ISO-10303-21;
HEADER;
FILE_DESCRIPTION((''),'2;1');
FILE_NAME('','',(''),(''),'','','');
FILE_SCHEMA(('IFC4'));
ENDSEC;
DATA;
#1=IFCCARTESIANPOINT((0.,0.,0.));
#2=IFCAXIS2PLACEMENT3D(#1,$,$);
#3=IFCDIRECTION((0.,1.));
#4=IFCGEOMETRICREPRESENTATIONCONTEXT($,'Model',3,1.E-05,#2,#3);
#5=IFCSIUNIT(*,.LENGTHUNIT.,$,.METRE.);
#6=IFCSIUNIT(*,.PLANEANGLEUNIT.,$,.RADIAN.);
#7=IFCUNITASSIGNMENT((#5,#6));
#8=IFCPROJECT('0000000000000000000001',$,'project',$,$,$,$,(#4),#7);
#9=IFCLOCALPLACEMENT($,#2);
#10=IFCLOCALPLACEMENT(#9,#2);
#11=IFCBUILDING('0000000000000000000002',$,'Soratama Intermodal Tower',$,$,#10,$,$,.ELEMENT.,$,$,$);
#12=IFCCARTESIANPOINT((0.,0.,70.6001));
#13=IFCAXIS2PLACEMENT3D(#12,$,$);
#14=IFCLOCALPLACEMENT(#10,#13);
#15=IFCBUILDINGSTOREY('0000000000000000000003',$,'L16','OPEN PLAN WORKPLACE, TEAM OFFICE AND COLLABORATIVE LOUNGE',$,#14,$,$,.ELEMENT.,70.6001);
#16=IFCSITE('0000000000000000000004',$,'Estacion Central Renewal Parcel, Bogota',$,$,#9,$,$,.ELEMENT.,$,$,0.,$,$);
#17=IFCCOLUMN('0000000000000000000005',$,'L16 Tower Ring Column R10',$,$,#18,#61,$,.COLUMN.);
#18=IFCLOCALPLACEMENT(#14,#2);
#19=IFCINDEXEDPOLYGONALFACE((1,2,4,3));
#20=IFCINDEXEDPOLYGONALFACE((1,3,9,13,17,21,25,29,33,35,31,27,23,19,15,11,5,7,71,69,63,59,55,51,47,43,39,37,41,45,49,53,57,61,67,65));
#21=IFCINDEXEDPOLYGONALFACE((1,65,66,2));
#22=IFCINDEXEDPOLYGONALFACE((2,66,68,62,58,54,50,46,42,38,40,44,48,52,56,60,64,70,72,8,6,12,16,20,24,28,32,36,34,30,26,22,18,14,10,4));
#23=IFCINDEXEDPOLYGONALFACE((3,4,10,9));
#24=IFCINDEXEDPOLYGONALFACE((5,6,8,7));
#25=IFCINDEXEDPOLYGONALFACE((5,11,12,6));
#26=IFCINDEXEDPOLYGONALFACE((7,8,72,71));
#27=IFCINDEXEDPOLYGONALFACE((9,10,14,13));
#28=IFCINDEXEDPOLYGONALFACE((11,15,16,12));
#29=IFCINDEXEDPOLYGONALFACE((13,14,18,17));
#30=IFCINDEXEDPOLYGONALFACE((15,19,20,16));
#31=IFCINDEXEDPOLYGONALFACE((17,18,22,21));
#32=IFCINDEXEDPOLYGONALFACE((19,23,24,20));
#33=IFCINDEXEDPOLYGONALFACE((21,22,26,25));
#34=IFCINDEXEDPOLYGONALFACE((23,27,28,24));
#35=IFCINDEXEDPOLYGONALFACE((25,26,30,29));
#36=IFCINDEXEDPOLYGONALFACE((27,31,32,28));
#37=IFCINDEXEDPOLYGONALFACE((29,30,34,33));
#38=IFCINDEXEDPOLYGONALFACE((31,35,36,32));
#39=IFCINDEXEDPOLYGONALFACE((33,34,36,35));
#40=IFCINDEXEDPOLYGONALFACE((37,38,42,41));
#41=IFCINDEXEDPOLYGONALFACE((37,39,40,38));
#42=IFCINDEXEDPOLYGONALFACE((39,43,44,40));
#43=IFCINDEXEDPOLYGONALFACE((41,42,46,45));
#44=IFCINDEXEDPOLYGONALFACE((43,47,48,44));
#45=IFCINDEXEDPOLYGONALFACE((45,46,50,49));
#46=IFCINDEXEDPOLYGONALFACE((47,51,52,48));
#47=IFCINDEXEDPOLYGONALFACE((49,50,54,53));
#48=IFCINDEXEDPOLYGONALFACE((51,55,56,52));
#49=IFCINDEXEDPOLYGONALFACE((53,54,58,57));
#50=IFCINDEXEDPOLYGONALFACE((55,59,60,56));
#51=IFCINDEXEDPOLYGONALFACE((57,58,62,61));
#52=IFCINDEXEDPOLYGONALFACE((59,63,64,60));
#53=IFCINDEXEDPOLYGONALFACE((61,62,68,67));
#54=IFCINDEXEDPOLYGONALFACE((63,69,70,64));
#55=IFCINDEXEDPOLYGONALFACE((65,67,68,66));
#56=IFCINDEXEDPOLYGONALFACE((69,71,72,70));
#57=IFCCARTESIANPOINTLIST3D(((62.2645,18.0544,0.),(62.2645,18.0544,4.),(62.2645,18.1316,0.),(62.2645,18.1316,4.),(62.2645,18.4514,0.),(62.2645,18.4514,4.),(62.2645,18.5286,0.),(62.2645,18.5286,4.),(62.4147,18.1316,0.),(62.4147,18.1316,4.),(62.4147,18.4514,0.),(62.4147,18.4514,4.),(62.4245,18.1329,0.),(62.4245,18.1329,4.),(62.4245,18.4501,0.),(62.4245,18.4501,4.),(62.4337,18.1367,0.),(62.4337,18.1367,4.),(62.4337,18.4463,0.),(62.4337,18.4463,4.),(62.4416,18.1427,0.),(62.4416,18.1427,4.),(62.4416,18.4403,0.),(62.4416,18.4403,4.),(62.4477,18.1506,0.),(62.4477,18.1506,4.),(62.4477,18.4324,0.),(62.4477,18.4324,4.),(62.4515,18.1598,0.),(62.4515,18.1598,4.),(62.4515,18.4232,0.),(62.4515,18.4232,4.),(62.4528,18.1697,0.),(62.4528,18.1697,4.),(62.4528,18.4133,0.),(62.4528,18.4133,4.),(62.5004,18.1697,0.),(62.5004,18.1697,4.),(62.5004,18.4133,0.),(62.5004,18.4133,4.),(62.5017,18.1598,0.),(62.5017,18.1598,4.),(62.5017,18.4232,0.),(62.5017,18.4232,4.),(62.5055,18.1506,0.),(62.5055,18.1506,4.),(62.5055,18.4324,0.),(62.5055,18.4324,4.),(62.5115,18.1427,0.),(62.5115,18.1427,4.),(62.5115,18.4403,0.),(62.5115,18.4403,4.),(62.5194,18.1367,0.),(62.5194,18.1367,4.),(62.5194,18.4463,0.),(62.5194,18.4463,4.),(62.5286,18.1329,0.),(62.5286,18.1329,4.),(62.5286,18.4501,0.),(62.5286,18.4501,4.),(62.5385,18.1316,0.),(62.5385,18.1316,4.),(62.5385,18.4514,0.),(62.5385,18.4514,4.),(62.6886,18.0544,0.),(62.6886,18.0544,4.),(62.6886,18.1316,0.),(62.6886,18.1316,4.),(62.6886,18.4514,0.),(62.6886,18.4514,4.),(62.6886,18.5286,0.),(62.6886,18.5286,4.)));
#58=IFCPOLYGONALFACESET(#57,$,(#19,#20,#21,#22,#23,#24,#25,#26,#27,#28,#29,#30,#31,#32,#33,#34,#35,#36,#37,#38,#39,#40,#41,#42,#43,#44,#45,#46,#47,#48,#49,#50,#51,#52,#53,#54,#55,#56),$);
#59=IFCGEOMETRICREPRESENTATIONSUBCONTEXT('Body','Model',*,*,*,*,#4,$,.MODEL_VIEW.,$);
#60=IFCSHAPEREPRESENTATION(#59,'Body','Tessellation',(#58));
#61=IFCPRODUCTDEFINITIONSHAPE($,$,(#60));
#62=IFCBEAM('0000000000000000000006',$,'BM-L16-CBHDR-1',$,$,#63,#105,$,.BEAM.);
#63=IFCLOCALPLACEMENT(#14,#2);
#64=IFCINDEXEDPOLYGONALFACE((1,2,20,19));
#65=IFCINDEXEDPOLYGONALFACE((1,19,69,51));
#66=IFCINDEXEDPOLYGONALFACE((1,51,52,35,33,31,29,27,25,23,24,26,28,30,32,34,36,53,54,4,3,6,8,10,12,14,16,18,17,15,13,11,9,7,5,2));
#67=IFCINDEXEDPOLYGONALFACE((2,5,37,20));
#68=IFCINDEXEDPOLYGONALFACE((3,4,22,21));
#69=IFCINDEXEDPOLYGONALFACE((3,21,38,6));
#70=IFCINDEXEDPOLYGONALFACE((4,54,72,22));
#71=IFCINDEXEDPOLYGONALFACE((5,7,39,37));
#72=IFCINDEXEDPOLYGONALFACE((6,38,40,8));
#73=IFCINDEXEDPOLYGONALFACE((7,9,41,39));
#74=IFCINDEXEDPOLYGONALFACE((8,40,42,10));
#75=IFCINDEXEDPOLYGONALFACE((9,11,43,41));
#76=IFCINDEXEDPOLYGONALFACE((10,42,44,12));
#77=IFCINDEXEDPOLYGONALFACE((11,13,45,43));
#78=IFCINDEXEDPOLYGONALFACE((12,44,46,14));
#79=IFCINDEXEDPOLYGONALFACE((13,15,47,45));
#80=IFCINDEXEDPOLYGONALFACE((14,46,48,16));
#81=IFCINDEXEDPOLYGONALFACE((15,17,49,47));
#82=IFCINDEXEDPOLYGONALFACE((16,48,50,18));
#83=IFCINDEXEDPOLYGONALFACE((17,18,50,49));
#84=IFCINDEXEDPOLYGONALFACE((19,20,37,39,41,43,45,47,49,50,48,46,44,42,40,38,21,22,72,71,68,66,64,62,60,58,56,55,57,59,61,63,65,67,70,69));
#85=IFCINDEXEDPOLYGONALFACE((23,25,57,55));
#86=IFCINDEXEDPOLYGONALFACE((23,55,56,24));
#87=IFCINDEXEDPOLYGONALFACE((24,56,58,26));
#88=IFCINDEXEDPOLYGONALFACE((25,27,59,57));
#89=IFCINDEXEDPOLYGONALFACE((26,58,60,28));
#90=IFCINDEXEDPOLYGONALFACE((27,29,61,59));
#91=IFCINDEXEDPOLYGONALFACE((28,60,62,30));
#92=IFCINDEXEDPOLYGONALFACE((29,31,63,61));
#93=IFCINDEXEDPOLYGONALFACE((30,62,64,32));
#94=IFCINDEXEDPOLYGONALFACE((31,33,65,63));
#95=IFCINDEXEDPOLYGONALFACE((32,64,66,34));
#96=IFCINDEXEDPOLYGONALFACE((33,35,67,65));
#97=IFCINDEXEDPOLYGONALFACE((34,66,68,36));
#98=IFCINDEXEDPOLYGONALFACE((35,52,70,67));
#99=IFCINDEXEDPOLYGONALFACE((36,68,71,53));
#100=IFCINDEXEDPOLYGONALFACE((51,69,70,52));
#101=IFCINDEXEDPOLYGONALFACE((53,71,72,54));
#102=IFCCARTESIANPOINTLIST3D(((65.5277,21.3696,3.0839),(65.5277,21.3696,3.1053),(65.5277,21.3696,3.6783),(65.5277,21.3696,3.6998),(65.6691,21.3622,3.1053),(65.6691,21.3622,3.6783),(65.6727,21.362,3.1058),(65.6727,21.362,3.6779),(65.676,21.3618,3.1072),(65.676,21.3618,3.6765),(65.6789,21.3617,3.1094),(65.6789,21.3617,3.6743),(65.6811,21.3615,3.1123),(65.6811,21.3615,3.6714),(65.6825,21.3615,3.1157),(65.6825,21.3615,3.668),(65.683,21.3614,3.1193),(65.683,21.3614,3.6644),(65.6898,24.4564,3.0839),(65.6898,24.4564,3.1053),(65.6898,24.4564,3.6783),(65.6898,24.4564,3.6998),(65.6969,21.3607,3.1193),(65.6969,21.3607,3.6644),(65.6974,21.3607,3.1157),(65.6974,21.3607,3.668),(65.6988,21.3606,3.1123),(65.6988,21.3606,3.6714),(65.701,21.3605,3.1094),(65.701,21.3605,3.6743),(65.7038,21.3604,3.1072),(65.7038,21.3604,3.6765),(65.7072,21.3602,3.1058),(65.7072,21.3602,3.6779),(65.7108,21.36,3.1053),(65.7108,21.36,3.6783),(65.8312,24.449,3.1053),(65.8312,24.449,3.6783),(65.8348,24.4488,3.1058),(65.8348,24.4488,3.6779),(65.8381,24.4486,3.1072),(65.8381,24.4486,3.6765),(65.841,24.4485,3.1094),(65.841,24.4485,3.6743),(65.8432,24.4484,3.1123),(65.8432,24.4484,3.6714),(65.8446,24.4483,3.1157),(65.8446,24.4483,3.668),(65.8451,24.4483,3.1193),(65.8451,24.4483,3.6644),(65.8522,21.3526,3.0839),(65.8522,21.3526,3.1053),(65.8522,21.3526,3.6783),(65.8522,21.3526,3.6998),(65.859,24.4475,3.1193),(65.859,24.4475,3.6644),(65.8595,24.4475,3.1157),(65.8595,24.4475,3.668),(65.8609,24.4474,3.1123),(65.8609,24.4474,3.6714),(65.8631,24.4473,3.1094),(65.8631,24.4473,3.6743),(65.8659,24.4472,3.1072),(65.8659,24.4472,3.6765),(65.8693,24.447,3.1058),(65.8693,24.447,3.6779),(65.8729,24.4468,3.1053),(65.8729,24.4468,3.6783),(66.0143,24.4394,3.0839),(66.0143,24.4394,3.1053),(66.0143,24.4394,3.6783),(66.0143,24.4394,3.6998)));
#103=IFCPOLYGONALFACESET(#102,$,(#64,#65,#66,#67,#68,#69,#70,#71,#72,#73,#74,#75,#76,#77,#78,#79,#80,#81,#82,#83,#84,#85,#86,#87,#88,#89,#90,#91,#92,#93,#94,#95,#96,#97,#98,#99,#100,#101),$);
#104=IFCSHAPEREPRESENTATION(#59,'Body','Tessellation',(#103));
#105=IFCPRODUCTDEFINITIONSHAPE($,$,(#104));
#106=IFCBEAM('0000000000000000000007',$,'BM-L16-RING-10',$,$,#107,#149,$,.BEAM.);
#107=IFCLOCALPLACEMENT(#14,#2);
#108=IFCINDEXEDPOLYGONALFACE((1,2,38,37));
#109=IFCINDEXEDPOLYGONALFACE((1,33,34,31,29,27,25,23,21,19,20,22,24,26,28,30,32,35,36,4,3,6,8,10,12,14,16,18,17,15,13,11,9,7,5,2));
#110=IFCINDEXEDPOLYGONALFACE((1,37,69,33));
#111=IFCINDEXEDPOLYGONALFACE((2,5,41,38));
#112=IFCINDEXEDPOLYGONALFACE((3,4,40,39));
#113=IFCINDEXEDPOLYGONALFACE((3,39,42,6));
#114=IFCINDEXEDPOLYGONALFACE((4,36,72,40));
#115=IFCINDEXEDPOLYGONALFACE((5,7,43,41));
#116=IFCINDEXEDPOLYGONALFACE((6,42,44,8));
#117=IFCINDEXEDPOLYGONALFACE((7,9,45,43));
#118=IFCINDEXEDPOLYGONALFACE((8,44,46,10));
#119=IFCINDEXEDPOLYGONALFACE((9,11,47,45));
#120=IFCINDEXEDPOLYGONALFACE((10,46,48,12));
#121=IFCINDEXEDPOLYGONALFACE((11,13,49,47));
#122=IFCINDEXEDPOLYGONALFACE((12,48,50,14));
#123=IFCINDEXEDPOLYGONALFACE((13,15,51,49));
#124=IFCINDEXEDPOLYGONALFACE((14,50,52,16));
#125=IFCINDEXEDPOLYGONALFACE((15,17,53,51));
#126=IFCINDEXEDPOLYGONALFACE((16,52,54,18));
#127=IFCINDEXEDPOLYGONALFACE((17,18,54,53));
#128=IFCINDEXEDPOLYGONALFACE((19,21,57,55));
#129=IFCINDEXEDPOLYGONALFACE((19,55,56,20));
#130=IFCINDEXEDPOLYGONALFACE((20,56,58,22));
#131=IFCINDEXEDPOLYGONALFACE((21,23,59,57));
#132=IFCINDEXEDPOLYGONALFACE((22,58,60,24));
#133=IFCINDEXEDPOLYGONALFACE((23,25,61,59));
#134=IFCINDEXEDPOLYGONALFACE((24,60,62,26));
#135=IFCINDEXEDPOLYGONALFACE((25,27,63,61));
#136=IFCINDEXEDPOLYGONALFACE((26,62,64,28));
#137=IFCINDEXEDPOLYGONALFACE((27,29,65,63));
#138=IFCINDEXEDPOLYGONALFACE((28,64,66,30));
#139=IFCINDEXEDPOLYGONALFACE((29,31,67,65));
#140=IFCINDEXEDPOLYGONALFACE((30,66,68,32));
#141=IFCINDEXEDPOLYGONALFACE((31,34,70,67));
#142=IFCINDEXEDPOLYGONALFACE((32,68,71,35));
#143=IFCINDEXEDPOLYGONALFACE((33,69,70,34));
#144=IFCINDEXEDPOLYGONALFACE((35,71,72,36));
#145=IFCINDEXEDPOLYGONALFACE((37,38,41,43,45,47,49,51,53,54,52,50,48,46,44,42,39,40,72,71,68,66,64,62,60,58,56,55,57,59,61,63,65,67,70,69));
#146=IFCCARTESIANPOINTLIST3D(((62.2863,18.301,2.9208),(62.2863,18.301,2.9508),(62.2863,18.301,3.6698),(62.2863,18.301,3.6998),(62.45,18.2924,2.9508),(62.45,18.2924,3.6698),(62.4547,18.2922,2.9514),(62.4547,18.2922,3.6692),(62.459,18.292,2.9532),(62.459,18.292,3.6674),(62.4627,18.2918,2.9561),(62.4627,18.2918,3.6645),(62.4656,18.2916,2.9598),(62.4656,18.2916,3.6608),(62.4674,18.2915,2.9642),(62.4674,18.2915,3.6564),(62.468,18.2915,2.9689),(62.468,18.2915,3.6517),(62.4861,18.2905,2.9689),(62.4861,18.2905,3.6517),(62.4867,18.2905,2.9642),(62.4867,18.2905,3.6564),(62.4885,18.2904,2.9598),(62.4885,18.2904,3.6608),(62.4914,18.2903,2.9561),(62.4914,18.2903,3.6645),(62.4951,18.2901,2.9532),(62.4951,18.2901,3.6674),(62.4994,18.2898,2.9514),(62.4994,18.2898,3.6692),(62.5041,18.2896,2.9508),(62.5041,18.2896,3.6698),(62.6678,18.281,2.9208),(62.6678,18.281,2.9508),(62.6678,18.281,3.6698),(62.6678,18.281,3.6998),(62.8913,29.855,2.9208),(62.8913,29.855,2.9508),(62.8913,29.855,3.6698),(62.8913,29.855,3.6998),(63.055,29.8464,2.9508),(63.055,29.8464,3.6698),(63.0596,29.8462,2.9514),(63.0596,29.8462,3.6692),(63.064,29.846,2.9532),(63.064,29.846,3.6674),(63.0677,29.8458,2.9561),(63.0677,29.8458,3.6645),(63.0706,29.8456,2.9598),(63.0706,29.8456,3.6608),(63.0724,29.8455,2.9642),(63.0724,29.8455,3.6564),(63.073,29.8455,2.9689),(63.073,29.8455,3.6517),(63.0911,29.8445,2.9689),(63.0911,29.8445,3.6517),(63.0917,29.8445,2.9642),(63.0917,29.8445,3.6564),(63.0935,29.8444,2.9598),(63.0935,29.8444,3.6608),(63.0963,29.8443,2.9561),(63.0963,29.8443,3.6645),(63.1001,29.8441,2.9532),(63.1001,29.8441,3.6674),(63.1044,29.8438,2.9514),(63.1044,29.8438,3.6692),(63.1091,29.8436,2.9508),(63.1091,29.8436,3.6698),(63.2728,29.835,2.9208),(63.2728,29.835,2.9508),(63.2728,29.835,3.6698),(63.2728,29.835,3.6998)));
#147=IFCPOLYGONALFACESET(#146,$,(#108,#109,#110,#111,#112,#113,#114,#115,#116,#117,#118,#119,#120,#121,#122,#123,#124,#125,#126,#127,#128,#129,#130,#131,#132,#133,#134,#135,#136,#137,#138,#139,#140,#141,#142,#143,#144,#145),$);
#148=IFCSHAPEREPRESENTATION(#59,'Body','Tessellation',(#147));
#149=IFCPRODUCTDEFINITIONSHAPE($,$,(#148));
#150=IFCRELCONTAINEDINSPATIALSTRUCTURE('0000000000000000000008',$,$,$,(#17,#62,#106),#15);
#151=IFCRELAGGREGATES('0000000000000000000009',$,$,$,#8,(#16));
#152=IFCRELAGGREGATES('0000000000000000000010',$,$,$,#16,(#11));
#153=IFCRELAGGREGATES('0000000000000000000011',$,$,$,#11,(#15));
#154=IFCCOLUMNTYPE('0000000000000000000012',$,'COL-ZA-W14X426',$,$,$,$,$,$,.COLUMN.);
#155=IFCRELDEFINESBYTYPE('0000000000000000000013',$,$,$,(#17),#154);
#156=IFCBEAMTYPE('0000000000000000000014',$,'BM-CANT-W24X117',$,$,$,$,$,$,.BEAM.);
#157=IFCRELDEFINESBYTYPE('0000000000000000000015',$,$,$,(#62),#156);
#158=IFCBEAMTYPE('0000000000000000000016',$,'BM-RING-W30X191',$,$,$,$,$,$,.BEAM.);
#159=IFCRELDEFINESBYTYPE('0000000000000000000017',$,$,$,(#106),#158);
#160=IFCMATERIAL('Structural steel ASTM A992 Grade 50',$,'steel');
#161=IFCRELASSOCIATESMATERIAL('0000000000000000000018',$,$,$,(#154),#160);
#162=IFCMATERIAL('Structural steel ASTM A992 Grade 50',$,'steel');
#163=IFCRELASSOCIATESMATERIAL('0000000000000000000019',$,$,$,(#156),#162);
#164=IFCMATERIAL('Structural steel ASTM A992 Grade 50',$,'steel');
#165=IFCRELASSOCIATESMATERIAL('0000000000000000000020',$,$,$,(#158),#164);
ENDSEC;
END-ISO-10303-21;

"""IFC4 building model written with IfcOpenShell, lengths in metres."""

from ifc_helpers import new_model, si_unit, direction, frame, origin, origin_2d, place, context, subcontext, project, spatial, i_section, extrude, material, material_profile, profile_set, type_object, element, save


model = new_model("IFC4")

# Units and contexts
model_context = context("Model", 3, precision=1e-05, world=origin(), true_north=direction((0.0, 1.0)))
body_context = subcontext(model_context, "Body", "Model", "MODEL_VIEW")
ifc_project = project(units=[si_unit("LENGTHUNIT", "METRE"), si_unit("PLANEANGLEUNIT", "RADIAN")], contexts=[model_context])

# Site, building, storey
site_placement = place(None, origin())
site = spatial("IfcSite", under=ifc_project, at=site_placement, Name="Estacion Central Renewal Parcel, Bogota", CompositionType="ELEMENT", RefElevation=0.0)
building_placement = place(site_placement, origin())
building = spatial("IfcBuilding", under=site, at=building_placement, Name="Soratama Intermodal Tower", CompositionType="ELEMENT")
storey_placement = place(building_placement, frame((0.0, 0.0, 70.6001)))
storey = spatial("IfcBuildingStorey", under=building, at=storey_placement, Name="L16", Description="OPEN PLAN WORKPLACE, TEAM OFFICE AND COLLABORATIVE LOUNGE", CompositionType="ELEMENT", Elevation=70.6001)

# Column
ifc_material_1 = material(Name="Structural steel ASTM A992 Grade 50", Category="steel")
ifc_material_profile_1 = material_profile(ifc_material_1, i_section(OverallWidth=0.4241, OverallDepth=0.4741, WebThickness=0.0476, FlangeThickness=0.0771, FilletRadius=0.0381, at=origin_2d()), Name="W14X426")
ifc_profile_set_1 = profile_set([ifc_material_profile_1], Name="Structural steel ASTM A992 Grade 50")
column_type = type_object("IfcColumnType", Name="COL-ZA-W14X426", PredefinedType="COLUMN", material=ifc_profile_set_1)
column_placement = place(storey_placement, frame((62.4766, 18.2915, 0.0), z_axis=(0.0, 0.0, 1.0), x_axis=(1.0, 0.0, 0.0)))
element("IfcColumn", 1, at=column_placement, inside=storey, type_object=column_type, Name="L16 Tower Ring Column R10", PredefinedType="COLUMN", context=body_context, shape_type="SweptSolid", body=[
    extrude(i_section(OverallWidth=0.4241, OverallDepth=0.4741, WebThickness=0.0476, FlangeThickness=0.0771, FilletRadius=0.0381, at=origin_2d()), origin(), (0.0, 0.0, 1.0), 4.0),
])

# Beams
ifc_material_2 = material(Name="Structural steel ASTM A992 Grade 50", Category="steel")
ifc_material_profile_2 = material_profile(ifc_material_2, i_section(OverallWidth=0.325, OverallDepth=0.616, WebThickness=0.0139, FlangeThickness=0.0215, FilletRadius=0.0139, at=origin_2d()), Name="W24X117")
ifc_profile_set_2 = profile_set([ifc_material_profile_2], Name="Structural steel ASTM A992 Grade 50")
beam_type_1 = type_object("IfcBeamType", Name="BM-CANT-W24X117", PredefinedType="BEAM", material=ifc_profile_set_2)
beam_1_placement = place(storey_placement, frame((65.6899, 21.3611, 3.3918), z_axis=(0.052443, 0.998624, 0.0), x_axis=(-0.998624, 0.052443, 0.0)))
element("IfcBeam", 2, at=beam_1_placement, inside=storey, type_object=beam_type_1, Name="BM-L16-CBHDR-1", PredefinedType="BEAM", context=body_context, shape_type="SweptSolid", body=[
    extrude(i_section(OverallWidth=0.325, OverallDepth=0.616, WebThickness=0.0139, FlangeThickness=0.0215, FilletRadius=0.0139, at=origin_2d()), origin(), (0.0, 0.0, 1.0), 3.0911),
])
ifc_material_3 = material(Name="Structural steel ASTM A992 Grade 50", Category="steel")
ifc_material_profile_3 = material_profile(ifc_material_3, i_section(OverallWidth=0.3821, OverallDepth=0.7791, WebThickness=0.0181, FlangeThickness=0.03, FilletRadius=0.0181, at=origin_2d()), Name="W30X191")
ifc_profile_set_3 = profile_set([ifc_material_profile_3], Name="Structural steel ASTM A992 Grade 50")
beam_type_2 = type_object("IfcBeamType", Name="BM-RING-W30X191", PredefinedType="BEAM", material=ifc_profile_set_3)
beam_2_placement = place(storey_placement, frame((62.4771, 18.291, 3.3103), z_axis=(0.05229, 0.998632, 0.0), x_axis=(-0.998632, 0.05229, 0.0)))
element("IfcBeam", 3, at=beam_2_placement, inside=storey, type_object=beam_type_2, Name="BM-L16-RING-10", PredefinedType="BEAM", context=body_context, shape_type="SweptSolid", body=[
    extrude(i_section(OverallWidth=0.3821, OverallDepth=0.7791, WebThickness=0.0181, FlangeThickness=0.03, FilletRadius=0.0181, at=origin_2d()), origin(), (0.0, 0.0, 1.0), 11.5698),
])

save(model, "model.ifc")
